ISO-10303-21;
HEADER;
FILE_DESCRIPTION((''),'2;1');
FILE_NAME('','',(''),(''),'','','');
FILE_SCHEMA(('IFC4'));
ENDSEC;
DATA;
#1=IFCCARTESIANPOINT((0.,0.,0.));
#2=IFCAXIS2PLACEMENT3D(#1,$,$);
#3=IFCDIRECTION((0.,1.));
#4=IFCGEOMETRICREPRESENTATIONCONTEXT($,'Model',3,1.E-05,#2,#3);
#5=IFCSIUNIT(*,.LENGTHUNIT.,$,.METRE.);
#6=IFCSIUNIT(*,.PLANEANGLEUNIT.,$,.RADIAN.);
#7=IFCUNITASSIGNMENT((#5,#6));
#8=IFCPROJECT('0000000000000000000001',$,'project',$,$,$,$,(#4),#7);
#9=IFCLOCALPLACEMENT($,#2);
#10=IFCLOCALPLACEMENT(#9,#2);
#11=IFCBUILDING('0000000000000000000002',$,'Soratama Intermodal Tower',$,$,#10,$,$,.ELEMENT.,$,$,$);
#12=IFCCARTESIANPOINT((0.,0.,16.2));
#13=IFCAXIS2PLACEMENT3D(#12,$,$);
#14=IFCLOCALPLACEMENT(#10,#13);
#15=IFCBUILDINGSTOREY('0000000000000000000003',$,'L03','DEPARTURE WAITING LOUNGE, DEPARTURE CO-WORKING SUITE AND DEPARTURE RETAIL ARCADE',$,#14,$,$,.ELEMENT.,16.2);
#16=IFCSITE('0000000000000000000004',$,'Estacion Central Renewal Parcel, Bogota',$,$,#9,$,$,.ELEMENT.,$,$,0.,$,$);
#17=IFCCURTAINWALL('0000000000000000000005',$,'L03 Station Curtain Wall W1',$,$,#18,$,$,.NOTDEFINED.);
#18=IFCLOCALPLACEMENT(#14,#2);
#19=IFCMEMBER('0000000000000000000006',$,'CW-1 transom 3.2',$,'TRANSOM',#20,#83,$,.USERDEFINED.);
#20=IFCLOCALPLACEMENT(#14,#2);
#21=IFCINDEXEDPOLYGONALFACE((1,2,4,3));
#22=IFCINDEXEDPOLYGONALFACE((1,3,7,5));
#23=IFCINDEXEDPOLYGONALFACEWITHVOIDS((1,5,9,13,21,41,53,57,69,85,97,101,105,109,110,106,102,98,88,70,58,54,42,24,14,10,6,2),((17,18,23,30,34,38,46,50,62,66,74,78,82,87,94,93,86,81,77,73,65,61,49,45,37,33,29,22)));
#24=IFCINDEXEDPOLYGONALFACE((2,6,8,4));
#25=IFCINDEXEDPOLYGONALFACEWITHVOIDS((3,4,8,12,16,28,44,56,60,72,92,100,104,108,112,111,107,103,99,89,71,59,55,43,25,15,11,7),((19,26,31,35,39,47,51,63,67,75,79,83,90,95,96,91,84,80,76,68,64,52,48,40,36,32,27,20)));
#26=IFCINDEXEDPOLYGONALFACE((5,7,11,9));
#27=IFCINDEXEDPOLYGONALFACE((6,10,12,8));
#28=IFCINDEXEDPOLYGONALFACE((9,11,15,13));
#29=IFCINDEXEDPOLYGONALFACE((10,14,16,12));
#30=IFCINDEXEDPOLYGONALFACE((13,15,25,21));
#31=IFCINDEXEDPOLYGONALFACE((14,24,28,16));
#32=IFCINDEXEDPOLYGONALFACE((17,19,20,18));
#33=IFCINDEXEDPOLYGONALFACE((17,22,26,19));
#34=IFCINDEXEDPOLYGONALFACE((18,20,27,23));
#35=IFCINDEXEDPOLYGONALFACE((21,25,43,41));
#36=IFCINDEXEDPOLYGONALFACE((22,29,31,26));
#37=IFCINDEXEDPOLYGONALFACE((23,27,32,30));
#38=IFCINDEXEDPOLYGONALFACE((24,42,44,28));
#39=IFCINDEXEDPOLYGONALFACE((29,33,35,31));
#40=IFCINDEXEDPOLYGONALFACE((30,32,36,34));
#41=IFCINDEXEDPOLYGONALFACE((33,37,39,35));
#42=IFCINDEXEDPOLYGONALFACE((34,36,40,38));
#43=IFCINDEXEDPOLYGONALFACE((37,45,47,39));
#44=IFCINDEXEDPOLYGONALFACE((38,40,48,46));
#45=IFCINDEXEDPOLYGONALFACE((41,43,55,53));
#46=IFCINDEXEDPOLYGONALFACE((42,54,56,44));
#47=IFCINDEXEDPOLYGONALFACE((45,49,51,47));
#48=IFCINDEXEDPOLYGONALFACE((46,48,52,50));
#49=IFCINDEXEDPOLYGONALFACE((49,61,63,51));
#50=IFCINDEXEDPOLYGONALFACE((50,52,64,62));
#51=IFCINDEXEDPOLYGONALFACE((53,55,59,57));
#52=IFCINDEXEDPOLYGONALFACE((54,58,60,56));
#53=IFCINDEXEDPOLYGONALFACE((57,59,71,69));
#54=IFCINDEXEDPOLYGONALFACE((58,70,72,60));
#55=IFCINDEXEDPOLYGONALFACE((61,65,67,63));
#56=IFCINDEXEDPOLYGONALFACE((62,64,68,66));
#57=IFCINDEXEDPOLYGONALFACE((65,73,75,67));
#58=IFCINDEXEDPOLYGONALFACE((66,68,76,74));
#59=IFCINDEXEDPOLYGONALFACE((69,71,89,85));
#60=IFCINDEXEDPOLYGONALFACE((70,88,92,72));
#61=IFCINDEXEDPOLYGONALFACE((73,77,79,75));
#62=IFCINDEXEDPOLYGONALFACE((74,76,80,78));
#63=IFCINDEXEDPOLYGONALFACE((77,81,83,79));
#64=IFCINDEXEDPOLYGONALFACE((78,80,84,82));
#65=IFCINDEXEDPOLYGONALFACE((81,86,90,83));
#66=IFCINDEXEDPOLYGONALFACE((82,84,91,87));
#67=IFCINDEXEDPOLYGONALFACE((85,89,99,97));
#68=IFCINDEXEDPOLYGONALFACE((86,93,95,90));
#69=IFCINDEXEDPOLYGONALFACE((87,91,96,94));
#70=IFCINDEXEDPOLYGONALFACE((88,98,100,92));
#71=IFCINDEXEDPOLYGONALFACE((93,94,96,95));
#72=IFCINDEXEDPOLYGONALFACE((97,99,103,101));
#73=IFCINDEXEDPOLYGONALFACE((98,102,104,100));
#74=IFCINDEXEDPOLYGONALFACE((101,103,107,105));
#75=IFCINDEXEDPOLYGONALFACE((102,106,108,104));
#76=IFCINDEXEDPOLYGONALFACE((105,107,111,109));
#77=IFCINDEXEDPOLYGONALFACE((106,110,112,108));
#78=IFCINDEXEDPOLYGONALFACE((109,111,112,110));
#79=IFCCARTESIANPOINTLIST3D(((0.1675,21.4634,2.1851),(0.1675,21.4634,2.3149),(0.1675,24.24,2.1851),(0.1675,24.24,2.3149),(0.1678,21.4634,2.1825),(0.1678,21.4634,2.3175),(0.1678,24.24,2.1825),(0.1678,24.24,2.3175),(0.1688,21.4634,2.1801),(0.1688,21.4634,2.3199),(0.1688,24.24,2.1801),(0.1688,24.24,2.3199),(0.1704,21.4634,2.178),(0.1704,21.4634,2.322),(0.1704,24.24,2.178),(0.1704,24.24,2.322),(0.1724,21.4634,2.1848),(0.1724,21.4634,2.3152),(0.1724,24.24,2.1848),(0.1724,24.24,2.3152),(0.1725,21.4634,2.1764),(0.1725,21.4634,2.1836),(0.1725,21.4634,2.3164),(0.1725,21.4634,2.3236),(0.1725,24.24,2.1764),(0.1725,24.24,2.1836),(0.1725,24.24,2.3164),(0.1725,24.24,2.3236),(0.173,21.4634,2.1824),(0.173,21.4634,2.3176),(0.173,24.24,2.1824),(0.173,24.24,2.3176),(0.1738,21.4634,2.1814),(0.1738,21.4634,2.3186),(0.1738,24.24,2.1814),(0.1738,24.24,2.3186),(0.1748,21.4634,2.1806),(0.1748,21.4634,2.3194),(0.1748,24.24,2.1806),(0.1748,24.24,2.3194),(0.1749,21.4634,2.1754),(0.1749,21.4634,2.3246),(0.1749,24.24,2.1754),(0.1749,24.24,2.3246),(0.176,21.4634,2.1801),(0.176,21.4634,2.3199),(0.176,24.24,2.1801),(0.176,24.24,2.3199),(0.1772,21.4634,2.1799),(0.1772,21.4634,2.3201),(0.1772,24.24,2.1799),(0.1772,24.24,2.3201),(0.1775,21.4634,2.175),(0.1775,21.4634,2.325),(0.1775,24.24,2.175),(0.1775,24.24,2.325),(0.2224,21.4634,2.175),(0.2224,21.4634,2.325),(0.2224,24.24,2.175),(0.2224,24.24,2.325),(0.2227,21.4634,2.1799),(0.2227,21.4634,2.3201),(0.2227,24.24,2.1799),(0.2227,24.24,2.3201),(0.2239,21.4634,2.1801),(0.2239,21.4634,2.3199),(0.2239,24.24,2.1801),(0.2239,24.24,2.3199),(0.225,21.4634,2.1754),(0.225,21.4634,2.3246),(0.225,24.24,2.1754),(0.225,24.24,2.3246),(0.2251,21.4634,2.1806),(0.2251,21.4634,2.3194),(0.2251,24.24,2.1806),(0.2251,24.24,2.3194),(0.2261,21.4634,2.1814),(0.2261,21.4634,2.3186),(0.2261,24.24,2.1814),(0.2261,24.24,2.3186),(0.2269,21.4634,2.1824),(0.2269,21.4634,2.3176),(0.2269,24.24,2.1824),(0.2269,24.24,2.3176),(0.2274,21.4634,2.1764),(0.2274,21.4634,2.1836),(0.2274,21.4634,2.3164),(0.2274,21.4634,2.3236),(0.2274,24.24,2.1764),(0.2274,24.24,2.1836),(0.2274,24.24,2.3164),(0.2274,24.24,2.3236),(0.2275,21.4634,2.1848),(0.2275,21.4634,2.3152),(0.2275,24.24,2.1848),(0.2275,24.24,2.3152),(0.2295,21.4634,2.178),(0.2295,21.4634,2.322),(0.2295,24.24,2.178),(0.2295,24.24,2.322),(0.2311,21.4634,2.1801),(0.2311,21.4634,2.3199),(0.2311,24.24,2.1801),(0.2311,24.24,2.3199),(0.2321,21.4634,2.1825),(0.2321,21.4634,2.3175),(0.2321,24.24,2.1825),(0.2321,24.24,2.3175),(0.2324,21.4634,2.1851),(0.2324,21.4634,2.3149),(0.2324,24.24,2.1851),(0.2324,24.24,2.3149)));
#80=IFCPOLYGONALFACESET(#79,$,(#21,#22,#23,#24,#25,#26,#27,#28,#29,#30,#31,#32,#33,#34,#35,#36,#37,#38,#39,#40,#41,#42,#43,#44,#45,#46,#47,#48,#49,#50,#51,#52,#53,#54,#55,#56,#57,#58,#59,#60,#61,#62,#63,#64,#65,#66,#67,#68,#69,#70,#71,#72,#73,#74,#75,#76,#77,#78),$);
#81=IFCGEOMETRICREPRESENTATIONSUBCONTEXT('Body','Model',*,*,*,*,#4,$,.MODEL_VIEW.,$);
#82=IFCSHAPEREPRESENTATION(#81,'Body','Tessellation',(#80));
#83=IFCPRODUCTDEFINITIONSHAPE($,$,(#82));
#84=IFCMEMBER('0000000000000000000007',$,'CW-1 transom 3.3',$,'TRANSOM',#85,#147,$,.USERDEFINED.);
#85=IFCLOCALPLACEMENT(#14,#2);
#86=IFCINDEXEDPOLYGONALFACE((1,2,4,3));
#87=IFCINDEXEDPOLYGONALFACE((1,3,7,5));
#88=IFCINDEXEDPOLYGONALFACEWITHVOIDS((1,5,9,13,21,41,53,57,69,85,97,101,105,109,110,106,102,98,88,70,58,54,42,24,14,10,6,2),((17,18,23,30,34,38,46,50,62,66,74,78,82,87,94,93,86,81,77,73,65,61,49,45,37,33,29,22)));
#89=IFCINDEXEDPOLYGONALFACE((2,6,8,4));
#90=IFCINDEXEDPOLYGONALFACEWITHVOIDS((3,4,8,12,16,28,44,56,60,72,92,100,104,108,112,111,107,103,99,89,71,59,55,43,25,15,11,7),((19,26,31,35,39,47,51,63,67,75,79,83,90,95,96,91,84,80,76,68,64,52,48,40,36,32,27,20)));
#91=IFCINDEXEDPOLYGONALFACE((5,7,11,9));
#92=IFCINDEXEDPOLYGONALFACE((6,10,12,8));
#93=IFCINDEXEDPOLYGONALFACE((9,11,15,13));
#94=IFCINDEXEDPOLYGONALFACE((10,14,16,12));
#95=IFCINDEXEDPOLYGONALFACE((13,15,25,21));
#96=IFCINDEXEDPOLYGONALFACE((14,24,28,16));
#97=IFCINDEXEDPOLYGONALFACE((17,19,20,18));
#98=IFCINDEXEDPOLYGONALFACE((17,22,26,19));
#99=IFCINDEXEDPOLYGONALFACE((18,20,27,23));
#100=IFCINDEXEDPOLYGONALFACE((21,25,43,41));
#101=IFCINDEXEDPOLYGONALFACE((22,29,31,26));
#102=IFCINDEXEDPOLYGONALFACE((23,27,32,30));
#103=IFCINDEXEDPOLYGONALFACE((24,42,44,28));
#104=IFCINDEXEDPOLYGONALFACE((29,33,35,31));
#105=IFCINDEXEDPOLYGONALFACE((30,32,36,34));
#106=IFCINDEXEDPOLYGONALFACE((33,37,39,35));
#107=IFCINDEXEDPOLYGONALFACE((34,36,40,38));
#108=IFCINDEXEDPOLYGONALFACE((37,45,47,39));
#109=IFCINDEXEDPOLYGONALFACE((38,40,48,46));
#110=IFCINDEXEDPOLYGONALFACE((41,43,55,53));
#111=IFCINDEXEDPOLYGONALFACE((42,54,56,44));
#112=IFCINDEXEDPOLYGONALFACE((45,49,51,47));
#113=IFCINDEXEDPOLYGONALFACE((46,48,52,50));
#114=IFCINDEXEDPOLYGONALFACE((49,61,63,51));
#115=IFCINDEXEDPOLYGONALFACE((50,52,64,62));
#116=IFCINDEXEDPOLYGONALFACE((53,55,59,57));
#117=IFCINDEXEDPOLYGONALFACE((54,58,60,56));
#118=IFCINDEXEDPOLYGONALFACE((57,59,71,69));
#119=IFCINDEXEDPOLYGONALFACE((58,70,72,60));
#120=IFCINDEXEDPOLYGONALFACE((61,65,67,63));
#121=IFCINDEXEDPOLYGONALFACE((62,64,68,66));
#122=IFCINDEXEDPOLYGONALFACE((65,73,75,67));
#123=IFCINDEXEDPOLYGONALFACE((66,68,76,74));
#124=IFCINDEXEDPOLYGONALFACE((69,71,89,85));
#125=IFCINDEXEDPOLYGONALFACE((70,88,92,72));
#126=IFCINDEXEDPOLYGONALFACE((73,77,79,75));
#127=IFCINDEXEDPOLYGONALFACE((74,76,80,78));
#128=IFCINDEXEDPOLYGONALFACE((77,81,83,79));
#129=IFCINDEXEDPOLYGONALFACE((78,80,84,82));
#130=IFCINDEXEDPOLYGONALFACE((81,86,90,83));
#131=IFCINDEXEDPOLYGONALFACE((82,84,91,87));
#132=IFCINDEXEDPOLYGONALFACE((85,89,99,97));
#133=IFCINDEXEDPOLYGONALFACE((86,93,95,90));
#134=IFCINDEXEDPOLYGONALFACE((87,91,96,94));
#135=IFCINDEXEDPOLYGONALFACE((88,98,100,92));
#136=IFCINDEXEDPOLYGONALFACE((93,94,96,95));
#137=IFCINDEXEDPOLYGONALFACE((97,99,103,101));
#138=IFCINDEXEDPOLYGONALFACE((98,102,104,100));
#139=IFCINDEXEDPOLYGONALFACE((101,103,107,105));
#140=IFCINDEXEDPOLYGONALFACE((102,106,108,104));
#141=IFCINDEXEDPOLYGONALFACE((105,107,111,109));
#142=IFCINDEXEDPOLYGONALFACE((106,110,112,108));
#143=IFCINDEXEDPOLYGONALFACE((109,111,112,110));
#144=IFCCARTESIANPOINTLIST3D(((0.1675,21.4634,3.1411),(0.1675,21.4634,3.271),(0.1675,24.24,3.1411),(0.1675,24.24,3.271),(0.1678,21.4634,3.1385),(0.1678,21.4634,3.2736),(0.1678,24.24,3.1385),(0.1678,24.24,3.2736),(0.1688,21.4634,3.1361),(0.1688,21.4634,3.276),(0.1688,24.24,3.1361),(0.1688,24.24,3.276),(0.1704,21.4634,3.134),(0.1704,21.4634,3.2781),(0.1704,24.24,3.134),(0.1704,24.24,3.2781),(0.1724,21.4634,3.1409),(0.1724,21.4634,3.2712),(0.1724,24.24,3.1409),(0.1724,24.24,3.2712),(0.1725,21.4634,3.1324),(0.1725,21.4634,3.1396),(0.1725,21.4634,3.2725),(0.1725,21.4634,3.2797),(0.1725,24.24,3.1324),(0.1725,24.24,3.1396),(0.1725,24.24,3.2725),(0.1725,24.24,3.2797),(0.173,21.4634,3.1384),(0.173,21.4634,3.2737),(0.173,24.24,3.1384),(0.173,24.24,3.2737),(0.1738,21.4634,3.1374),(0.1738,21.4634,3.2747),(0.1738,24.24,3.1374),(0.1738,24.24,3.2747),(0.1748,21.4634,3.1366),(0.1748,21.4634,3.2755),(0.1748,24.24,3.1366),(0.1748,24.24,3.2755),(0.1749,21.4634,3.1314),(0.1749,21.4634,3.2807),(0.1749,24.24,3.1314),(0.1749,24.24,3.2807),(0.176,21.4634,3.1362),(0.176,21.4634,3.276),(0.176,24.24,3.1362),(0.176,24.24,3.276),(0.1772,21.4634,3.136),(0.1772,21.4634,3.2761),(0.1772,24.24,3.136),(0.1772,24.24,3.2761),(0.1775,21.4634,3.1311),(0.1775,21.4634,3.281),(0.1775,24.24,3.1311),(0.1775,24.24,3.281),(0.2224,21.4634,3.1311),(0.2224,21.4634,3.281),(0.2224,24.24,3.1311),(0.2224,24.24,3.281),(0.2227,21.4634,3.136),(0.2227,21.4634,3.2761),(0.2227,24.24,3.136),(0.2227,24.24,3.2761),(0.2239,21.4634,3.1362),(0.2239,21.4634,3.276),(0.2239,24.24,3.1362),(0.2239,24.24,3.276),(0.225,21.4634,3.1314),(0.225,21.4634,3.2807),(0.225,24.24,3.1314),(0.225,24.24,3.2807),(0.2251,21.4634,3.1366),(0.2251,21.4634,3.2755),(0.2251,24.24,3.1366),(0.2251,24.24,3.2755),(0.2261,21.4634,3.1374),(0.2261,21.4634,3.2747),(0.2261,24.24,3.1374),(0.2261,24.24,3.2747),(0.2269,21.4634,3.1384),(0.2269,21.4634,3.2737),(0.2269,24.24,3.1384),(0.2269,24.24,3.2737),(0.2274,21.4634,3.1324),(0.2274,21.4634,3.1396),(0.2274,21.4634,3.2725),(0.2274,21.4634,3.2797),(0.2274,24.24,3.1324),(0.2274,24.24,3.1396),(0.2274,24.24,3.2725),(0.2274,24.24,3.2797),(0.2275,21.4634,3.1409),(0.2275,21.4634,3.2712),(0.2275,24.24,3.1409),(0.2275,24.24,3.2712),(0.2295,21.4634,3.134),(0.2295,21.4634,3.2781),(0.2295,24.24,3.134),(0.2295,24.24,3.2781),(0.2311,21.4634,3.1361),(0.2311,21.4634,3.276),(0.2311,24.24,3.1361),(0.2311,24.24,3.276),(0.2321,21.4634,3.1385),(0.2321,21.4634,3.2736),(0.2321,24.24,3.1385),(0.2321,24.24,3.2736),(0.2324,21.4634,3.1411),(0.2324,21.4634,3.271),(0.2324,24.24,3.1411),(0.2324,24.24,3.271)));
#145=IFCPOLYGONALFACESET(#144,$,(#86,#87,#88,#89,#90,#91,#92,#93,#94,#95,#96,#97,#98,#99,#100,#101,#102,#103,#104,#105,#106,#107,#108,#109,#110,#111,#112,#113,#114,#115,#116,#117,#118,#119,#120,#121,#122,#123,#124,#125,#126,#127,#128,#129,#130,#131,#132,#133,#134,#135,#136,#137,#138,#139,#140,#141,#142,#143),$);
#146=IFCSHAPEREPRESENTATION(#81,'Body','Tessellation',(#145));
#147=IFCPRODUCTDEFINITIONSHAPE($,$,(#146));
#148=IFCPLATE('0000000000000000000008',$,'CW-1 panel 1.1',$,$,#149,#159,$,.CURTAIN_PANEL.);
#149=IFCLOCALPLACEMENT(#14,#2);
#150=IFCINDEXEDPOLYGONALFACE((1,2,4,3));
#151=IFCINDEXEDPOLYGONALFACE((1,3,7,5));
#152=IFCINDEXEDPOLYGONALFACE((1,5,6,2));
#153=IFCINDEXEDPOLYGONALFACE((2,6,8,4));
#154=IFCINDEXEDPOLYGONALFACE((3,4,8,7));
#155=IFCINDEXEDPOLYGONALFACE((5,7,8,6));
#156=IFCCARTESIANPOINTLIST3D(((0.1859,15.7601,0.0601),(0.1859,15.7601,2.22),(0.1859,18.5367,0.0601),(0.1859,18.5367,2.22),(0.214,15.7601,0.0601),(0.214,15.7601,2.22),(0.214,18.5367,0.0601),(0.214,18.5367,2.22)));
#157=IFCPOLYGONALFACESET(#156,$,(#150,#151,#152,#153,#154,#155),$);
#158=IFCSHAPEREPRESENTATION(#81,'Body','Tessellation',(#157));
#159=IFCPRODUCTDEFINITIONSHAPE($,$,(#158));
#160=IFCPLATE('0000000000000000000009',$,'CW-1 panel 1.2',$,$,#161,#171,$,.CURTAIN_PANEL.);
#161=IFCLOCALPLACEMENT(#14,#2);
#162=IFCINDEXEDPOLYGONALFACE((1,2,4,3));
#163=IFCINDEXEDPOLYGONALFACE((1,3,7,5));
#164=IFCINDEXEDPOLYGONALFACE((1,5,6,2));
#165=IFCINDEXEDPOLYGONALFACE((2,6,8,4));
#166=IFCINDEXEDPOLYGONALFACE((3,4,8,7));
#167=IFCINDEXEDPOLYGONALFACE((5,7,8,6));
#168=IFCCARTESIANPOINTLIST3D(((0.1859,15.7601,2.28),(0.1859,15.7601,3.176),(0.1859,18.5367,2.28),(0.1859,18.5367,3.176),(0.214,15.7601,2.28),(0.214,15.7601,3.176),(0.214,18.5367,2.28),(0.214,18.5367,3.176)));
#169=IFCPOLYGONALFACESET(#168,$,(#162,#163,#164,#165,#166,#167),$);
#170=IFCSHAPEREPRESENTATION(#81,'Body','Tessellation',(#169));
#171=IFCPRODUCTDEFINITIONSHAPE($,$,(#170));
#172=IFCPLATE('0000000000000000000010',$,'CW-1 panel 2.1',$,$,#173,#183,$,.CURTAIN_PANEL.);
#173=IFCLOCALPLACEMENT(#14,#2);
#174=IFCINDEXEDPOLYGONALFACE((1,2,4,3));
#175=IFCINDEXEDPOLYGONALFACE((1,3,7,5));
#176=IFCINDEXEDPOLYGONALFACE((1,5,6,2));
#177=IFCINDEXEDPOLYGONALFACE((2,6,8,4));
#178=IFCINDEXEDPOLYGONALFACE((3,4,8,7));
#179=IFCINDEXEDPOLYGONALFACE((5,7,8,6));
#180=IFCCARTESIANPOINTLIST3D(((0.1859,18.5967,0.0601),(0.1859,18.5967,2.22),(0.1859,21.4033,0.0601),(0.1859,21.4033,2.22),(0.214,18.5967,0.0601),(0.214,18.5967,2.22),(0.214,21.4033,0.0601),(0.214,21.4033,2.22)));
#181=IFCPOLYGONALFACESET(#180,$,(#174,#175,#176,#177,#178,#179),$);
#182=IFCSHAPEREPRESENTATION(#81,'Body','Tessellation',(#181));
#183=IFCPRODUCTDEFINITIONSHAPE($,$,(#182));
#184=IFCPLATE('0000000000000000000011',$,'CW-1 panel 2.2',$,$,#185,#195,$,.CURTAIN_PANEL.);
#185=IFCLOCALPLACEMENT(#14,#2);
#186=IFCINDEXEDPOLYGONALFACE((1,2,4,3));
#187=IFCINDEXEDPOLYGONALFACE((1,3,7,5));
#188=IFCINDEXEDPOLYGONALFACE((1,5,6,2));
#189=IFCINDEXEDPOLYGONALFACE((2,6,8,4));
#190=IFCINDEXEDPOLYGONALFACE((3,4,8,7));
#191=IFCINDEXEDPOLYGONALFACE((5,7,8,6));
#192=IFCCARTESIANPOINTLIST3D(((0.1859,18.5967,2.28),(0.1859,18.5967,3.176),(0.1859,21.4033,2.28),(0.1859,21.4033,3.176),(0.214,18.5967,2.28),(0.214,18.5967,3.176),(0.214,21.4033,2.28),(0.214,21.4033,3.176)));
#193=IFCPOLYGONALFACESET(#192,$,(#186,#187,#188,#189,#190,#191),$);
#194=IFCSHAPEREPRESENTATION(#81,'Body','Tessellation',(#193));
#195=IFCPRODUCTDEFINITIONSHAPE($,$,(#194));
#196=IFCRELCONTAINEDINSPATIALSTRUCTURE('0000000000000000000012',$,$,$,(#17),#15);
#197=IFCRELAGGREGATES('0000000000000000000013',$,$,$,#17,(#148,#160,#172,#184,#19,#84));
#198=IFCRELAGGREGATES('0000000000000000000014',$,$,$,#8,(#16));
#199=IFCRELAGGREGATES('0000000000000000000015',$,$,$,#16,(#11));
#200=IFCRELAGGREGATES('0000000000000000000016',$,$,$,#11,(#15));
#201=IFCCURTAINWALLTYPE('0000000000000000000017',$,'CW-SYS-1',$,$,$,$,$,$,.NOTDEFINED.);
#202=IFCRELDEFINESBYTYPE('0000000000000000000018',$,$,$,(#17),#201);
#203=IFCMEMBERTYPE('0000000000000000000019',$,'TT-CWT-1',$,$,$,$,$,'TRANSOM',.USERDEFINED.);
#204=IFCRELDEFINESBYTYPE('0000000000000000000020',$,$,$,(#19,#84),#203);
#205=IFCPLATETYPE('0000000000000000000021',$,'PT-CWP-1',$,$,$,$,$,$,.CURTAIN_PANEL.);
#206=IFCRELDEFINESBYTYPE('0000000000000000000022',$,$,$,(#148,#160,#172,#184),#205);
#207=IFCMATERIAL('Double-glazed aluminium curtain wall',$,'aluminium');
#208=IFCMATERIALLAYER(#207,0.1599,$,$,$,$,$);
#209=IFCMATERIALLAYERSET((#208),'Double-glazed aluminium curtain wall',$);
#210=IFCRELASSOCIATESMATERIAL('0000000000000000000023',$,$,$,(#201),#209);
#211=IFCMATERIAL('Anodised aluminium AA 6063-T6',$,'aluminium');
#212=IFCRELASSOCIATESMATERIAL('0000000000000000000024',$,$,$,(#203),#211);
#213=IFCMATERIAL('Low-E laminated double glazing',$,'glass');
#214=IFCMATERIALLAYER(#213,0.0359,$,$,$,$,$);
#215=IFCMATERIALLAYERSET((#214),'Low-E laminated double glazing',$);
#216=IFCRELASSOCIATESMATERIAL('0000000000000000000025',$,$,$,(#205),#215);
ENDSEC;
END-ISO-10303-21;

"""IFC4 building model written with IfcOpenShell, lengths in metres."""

from ifc_helpers import new_model, si_unit, direction, frame, origin, origin_2d, place, context, subcontext, project, spatial, rectangle, hollow_rectangle, extrude, material, layer, layer_set, material_profile, profile_set, type_object, element, aggregate, save


model = new_model("IFC4")

# Units and contexts
model_context = context("Model", 3, precision=1e-05, world=origin(), true_north=direction((0.0, 1.0)))
body_context = subcontext(model_context, "Body", "Model", "MODEL_VIEW")
ifc_project = project(units=[si_unit("LENGTHUNIT", "METRE"), si_unit("PLANEANGLEUNIT", "RADIAN")], contexts=[model_context])

# Site, building, storey
site_placement = place(None, origin())
site = spatial("IfcSite", under=ifc_project, at=site_placement, Name="Estacion Central Renewal Parcel, Bogota", CompositionType="ELEMENT", RefElevation=0.0)
building_placement = place(site_placement, origin())
building = spatial("IfcBuilding", under=site, at=building_placement, Name="Soratama Intermodal Tower", CompositionType="ELEMENT")
storey_placement = place(building_placement, frame((0.0, 0.0, 16.2)))
storey = spatial("IfcBuildingStorey", under=building, at=storey_placement, Name="L03", Description="DEPARTURE WAITING LOUNGE, DEPARTURE CO-WORKING SUITE AND DEPARTURE RETAIL ARCADE", CompositionType="ELEMENT", Elevation=16.2)

# Curtain wall, members, plates
ifc_material_1 = material(Name="Double-glazed aluminium curtain wall", Category="aluminium")
ifc_layer_1 = layer(ifc_material_1, 0.1599)
ifc_layer_set_1 = layer_set([ifc_layer_1], Name="Double-glazed aluminium curtain wall")
curtain_wall_type = type_object("IfcCurtainWallType", Name="CW-SYS-1", PredefinedType="NOTDEFINED", material=ifc_layer_set_1)
curtain_wall_placement = place(storey_placement, origin())
curtain_wall = element("IfcCurtainWall", 1, at=curtain_wall_placement, inside=storey, type_object=curtain_wall_type, Name="L03 Station Curtain Wall W1", PredefinedType="NOTDEFINED")
ifc_material_2 = material(Name="Anodised aluminium AA 6063-T6", Category="aluminium")
ifc_material_profile_1 = material_profile(ifc_material_2, hollow_rectangle(XDim=0.0649, YDim=0.1499, WallThickness=0.0049, InnerFilletRadius=0.0049, OuterFilletRadius=0.01, at=origin_2d()), Name="CWT150X65X5")
ifc_profile_set_1 = profile_set([ifc_material_profile_1], Name="Anodised aluminium AA 6063-T6")
member_type_1 = type_object("IfcMemberType", Name="TT-CWT-1", ElementType="TRANSOM", PredefinedType="USERDEFINED", material=ifc_profile_set_1)
member_1_placement = place(storey_placement, frame((0.2, 21.4634, 2.25), z_axis=(0.0, 1.0, 0.0), x_axis=(-1.0, 0.0, 0.0)))
member_1 = element("IfcMember", 2, at=member_1_placement, type_object=member_type_1, Name="CW-1 transom 3.2", ObjectType="TRANSOM", PredefinedType="USERDEFINED", context=body_context, shape_type="SweptSolid", body=[
    extrude(hollow_rectangle(XDim=0.0649, YDim=0.1499, WallThickness=0.0049, InnerFilletRadius=0.0049, OuterFilletRadius=0.01, at=origin_2d()), origin(), (0.0, 0.0, 1.0), 2.7766),
])
member_2_placement = place(storey_placement, frame((0.2, 21.4634, 3.2061), z_axis=(0.0, 1.0, 0.0), x_axis=(-1.0, 0.0, 0.0)))
member_2 = element("IfcMember", 3, at=member_2_placement, type_object=member_type_1, Name="CW-1 transom 3.3", ObjectType="TRANSOM", PredefinedType="USERDEFINED", context=body_context, shape_type="SweptSolid", body=[
    extrude(hollow_rectangle(XDim=0.0649, YDim=0.1499, WallThickness=0.0049, InnerFilletRadius=0.0049, OuterFilletRadius=0.01, at=origin_2d()), origin(), (0.0, 0.0, 1.0), 2.7766),
])
ifc_material_3 = material(Name="Low-E laminated double glazing", Category="glass")
ifc_layer_2 = layer(ifc_material_3, 0.0359)
ifc_layer_set_2 = layer_set([ifc_layer_2], Name="Low-E laminated double glazing")
plate_type = type_object("IfcPlateType", Name="PT-CWP-1", PredefinedType="CURTAIN_PANEL", material=ifc_layer_set_2)
plate_1_placement = place(storey_placement, frame((0.2, 17.1484, 0.0601), z_axis=(0.0, 0.0, 1.0), x_axis=(0.0, 1.0, 0.0)))
plate_1 = element("IfcPlate", 4, at=plate_1_placement, type_object=plate_type, Name="CW-1 panel 1.1", PredefinedType="CURTAIN_PANEL", context=body_context, shape_type="SweptSolid", body=[
    extrude(rectangle(XDim=2.7766, YDim=0.0281, at=origin_2d()), origin(), (0.0, 0.0, 1.0), 2.1599),
])
plate_2_placement = place(storey_placement, frame((0.2, 17.1484, 2.28), z_axis=(0.0, 0.0, 1.0), x_axis=(0.0, 1.0, 0.0)))
plate_2 = element("IfcPlate", 5, at=plate_2_placement, type_object=plate_type, Name="CW-1 panel 1.2", PredefinedType="CURTAIN_PANEL", context=body_context, shape_type="SweptSolid", body=[
    extrude(rectangle(XDim=2.7766, YDim=0.0281, at=origin_2d()), origin(), (0.0, 0.0, 1.0), 0.896),
])
plate_3_placement = place(storey_placement, frame((0.2, 20.0, 0.0601), z_axis=(0.0, 0.0, 1.0), x_axis=(0.0, 1.0, 0.0)))
plate_3 = element("IfcPlate", 6, at=plate_3_placement, type_object=plate_type, Name="CW-1 panel 2.1", PredefinedType="CURTAIN_PANEL", context=body_context, shape_type="SweptSolid", body=[
    extrude(rectangle(XDim=2.8066, YDim=0.0281, at=origin_2d()), origin(), (0.0, 0.0, 1.0), 2.1599),
])
plate_4_placement = place(storey_placement, frame((0.2, 20.0, 2.28), z_axis=(0.0, 0.0, 1.0), x_axis=(0.0, 1.0, 0.0)))
plate_4 = element("IfcPlate", 7, at=plate_4_placement, type_object=plate_type, Name="CW-1 panel 2.2", PredefinedType="CURTAIN_PANEL", context=body_context, shape_type="SweptSolid", body=[
    extrude(rectangle(XDim=2.8066, YDim=0.0281, at=origin_2d()), origin(), (0.0, 0.0, 1.0), 0.896),
])
aggregate(curtain_wall, [plate_1, plate_2, plate_3, plate_4, member_1, member_2])

save(model, "model.ifc")
